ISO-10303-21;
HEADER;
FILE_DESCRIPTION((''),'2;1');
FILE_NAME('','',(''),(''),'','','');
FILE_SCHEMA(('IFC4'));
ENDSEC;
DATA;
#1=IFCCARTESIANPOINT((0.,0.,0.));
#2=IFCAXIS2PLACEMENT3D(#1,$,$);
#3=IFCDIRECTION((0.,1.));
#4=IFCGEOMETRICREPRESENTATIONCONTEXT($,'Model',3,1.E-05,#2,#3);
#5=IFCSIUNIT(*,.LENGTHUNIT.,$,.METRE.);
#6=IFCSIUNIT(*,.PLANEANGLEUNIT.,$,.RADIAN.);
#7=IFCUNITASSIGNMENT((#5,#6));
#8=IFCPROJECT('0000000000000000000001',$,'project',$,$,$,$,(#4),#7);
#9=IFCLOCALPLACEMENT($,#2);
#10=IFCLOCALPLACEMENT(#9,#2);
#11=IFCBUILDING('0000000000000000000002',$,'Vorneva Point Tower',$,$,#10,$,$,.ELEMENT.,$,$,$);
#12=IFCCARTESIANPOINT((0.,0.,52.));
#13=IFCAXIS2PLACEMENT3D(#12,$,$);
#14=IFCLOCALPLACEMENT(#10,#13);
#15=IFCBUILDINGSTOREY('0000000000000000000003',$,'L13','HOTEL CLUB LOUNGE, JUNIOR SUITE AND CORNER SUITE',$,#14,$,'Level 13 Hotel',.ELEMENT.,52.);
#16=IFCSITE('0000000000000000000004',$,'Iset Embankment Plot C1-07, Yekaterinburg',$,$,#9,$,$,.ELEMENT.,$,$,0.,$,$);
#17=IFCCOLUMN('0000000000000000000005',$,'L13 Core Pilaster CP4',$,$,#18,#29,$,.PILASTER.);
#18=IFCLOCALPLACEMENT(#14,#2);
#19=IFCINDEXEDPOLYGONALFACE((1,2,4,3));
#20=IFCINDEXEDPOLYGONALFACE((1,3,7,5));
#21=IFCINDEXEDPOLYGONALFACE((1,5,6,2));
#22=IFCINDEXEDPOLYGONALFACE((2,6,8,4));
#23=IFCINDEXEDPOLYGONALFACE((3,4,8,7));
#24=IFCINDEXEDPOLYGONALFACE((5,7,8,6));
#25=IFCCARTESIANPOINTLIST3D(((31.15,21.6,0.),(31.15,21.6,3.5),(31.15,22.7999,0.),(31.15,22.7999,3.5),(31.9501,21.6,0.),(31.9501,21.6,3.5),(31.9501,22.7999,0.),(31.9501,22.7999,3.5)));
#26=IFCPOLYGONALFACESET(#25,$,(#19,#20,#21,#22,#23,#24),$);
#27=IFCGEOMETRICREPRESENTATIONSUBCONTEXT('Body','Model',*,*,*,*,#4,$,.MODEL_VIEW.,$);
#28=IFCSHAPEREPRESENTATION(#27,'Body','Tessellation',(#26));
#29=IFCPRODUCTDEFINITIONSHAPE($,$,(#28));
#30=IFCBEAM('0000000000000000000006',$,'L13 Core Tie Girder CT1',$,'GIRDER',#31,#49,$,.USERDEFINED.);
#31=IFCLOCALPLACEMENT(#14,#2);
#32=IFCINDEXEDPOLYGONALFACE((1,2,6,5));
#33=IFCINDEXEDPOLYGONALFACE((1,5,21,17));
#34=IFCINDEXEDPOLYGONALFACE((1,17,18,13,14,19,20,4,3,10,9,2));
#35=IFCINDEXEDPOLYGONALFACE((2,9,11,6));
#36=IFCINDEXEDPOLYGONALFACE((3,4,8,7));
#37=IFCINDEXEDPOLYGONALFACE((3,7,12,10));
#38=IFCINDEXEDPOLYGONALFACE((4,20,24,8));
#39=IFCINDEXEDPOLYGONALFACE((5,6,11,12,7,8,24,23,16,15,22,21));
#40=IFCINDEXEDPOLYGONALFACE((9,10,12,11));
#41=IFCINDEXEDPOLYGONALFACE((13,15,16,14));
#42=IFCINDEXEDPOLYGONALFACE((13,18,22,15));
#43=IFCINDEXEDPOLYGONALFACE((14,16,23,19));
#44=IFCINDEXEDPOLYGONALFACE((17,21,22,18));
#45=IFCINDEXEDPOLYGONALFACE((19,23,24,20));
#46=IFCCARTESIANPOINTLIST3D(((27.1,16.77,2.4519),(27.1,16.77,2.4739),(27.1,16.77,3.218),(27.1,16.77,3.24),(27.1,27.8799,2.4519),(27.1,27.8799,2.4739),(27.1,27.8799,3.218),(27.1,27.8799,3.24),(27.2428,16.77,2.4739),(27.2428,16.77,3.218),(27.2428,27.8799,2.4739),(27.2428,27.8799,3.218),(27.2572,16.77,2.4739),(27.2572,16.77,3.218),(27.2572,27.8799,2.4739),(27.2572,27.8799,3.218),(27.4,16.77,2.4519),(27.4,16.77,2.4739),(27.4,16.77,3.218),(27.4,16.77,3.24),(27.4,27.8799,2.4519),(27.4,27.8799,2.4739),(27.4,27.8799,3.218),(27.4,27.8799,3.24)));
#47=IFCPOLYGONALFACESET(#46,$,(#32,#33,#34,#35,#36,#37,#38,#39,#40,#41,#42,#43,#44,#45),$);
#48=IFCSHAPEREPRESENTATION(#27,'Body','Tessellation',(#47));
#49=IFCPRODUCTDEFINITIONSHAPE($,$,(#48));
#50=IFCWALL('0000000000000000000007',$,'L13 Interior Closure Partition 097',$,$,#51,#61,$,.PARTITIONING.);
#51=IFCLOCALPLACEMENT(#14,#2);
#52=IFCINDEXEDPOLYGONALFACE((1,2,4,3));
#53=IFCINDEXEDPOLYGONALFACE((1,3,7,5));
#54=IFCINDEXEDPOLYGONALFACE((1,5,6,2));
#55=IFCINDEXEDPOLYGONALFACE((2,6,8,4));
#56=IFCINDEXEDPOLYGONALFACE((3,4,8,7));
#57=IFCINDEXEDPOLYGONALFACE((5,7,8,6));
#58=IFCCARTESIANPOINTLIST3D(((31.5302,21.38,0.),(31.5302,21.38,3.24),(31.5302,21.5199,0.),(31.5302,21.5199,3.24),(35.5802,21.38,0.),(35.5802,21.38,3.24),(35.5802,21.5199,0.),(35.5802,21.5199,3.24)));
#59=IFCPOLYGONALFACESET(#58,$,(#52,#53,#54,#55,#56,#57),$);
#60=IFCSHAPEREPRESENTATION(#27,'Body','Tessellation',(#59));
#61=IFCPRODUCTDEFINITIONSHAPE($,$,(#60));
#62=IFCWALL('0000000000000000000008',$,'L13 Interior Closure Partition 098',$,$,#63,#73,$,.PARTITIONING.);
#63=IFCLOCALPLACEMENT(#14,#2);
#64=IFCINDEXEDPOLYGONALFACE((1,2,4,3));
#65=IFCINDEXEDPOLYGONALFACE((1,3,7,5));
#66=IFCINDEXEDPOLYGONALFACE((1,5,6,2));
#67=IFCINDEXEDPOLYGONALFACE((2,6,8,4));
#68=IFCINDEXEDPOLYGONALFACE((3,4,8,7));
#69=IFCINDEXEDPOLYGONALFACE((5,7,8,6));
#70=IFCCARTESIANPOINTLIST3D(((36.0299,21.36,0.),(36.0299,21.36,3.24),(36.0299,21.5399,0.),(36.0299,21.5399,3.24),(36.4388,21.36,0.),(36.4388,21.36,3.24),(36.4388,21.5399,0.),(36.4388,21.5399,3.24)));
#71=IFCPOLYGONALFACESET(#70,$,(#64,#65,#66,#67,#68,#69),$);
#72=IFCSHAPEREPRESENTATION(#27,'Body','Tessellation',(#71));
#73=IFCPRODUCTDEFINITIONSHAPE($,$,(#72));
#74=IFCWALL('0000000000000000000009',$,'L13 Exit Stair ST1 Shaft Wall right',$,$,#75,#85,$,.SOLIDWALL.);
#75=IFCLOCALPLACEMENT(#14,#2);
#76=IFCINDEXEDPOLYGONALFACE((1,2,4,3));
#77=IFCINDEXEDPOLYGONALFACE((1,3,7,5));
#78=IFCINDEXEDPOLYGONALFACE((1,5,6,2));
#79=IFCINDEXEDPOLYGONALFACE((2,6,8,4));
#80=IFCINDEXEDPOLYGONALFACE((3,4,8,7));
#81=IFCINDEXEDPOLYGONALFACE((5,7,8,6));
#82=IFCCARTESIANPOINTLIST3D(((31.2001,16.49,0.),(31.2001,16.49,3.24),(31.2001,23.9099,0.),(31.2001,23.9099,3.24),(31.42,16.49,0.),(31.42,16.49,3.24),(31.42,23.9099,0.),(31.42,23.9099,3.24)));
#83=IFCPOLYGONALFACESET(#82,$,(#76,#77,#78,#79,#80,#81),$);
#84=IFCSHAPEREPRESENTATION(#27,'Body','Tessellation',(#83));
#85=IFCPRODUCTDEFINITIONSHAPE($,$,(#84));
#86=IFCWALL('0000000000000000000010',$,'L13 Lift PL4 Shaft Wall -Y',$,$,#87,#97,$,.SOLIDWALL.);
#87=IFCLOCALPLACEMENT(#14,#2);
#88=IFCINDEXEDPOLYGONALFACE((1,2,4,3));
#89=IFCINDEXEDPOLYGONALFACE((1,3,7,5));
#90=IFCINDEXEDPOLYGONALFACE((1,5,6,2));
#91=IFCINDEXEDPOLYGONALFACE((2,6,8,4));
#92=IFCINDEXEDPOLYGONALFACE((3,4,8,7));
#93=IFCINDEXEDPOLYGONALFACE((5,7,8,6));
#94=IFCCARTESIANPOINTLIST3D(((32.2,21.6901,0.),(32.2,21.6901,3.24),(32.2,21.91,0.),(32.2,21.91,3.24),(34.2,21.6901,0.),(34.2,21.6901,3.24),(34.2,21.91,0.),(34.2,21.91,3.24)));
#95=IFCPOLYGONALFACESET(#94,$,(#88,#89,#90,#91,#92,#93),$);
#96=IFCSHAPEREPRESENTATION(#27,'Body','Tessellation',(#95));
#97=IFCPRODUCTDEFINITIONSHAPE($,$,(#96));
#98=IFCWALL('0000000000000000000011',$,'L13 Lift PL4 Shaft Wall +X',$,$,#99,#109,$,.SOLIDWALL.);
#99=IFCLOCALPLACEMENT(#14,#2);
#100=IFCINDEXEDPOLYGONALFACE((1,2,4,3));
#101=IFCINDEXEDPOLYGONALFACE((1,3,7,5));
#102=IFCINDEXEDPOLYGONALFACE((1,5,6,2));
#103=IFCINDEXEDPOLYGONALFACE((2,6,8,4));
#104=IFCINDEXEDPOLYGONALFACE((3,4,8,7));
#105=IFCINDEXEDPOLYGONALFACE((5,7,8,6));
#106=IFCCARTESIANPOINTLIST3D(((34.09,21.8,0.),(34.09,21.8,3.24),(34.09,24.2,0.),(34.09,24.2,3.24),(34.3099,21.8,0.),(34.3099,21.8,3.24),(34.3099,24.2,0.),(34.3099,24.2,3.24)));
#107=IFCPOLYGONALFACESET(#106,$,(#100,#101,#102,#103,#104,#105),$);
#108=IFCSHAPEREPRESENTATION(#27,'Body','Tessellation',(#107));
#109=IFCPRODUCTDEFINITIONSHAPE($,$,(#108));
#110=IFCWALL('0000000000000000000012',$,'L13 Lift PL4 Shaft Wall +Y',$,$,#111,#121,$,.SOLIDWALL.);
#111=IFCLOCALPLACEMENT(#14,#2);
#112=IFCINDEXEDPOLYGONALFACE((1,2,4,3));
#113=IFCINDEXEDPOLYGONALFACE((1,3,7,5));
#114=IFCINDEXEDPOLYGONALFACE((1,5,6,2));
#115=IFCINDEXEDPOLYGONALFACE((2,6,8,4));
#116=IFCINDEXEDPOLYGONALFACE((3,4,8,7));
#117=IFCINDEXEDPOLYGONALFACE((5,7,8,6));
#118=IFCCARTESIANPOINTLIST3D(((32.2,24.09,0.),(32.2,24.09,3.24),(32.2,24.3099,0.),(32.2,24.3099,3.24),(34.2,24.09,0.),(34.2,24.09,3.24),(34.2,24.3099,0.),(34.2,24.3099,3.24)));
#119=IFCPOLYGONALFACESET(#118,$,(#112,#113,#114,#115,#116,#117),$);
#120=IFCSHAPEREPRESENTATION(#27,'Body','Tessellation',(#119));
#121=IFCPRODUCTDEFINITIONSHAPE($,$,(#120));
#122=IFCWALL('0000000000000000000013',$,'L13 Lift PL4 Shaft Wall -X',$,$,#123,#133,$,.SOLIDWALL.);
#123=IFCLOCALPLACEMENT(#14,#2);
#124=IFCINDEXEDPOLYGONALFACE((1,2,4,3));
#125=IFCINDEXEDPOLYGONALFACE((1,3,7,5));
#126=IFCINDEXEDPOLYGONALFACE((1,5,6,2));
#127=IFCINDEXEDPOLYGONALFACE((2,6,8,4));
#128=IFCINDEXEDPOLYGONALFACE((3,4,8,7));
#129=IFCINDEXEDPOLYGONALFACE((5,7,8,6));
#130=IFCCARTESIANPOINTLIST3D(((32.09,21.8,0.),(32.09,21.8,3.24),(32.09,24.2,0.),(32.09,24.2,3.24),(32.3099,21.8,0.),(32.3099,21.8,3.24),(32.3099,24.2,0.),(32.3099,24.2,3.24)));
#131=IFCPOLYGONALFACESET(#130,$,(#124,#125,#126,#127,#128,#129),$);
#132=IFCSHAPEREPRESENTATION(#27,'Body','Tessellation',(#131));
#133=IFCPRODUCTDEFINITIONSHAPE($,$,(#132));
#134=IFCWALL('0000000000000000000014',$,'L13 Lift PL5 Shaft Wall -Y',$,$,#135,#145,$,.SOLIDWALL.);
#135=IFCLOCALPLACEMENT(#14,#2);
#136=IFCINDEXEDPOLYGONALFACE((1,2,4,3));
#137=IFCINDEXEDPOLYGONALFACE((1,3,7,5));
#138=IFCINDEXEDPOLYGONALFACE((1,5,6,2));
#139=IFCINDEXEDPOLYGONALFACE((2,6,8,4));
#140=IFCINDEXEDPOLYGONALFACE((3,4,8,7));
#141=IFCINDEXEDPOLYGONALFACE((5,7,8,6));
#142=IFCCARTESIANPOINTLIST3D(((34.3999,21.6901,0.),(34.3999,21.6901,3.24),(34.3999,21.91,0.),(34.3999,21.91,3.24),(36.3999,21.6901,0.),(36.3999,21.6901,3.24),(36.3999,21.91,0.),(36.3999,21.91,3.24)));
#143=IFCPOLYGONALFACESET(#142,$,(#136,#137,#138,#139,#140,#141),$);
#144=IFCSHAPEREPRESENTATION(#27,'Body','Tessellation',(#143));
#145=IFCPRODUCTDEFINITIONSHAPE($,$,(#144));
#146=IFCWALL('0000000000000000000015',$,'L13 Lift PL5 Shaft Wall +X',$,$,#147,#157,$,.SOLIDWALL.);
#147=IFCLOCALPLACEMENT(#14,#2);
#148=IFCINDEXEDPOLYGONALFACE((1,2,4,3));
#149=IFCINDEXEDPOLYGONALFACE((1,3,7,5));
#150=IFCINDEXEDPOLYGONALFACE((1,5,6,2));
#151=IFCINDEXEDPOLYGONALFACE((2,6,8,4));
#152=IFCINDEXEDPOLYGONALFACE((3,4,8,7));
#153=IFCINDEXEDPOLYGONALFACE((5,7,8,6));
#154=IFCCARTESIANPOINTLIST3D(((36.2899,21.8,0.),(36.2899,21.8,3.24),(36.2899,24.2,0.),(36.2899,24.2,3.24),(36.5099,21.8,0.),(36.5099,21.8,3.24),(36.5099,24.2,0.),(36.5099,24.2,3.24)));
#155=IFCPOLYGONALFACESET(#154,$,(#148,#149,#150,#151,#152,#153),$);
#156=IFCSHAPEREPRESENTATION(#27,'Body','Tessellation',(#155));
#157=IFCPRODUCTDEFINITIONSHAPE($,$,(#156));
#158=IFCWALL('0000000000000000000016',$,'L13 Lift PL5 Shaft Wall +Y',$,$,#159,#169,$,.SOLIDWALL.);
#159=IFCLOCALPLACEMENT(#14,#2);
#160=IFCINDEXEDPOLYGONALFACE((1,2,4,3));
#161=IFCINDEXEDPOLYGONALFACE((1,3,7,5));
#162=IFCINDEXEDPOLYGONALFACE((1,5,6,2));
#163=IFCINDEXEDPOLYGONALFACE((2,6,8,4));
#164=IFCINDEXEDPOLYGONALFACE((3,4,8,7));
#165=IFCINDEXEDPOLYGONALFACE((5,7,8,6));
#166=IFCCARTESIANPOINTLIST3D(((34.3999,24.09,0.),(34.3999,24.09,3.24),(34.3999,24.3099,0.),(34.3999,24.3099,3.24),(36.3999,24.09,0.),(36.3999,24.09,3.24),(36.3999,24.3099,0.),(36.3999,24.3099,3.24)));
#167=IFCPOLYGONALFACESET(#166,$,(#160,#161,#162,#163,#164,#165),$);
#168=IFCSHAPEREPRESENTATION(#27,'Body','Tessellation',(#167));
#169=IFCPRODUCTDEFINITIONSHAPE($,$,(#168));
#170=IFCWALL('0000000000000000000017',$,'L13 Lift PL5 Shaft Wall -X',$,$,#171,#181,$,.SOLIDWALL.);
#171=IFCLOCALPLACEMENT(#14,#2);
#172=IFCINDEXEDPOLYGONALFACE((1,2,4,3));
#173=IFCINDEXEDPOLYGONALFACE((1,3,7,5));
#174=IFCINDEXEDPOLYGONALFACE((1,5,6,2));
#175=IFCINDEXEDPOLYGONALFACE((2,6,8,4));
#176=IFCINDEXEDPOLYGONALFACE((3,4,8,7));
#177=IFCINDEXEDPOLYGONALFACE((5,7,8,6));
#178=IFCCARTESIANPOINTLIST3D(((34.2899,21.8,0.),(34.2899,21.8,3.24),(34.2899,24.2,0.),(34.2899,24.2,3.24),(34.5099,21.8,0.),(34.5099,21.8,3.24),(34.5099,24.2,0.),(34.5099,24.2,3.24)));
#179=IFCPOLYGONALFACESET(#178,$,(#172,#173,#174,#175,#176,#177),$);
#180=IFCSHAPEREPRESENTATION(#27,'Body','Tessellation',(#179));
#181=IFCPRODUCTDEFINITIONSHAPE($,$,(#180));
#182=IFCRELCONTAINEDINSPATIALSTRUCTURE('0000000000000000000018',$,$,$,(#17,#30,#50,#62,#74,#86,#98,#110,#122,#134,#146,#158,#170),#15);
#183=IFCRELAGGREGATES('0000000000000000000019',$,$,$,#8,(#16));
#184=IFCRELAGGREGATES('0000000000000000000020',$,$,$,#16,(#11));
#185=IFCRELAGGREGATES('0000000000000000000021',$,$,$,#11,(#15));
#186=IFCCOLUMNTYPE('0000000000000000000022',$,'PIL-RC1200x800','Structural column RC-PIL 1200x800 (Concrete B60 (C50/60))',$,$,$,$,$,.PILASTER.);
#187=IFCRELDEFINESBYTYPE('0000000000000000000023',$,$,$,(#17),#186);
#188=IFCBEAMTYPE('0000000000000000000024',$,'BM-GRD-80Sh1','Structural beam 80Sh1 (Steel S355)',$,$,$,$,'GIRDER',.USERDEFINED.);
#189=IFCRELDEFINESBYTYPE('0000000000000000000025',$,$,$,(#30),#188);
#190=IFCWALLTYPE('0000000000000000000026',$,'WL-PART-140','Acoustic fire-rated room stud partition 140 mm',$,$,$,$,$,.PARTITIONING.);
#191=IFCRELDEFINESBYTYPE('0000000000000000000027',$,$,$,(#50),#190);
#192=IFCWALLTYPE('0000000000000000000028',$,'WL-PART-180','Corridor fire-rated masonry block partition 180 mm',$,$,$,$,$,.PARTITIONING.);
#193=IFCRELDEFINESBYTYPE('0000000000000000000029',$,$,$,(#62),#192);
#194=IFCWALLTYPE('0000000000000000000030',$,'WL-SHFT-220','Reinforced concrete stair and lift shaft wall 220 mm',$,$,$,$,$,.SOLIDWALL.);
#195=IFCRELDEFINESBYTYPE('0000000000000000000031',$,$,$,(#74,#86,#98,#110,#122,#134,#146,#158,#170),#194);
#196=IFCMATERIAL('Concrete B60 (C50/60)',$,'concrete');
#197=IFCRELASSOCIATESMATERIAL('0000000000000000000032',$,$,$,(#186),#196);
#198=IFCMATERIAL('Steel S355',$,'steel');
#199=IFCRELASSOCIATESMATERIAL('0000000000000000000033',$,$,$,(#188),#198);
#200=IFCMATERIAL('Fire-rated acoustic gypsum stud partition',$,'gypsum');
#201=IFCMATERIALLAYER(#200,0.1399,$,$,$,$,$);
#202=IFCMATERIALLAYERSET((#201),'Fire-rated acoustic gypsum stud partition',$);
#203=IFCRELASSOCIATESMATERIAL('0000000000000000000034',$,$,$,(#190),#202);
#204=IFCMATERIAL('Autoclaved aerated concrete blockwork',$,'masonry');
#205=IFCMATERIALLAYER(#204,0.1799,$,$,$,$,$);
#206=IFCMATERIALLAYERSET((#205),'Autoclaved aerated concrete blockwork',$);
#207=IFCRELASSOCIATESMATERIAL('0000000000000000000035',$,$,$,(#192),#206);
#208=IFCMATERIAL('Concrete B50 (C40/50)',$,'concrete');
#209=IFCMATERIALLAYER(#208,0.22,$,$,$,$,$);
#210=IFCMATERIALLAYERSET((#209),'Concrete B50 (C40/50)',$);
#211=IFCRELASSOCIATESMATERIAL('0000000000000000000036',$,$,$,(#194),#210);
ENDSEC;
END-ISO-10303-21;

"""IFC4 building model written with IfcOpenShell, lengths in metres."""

from ifc_helpers import new_model, si_unit, direction, frame, frame_2d, origin, origin_2d, place, context, subcontext, project, spatial, rectangle, i_section, extrude, material, layer, layer_set, material_profile, profile_set, type_object, element, save


model = new_model("IFC4")

# Units and contexts
model_context = context("Model", 3, precision=1e-05, world=origin(), true_north=direction((0.0, 1.0)))
body_context = subcontext(model_context, "Body", "Model", "MODEL_VIEW")
ifc_project = project(units=[si_unit("LENGTHUNIT", "METRE"), si_unit("PLANEANGLEUNIT", "RADIAN")], contexts=[model_context])

# Site, building, storey
site_placement = place(None, origin())
site = spatial("IfcSite", under=ifc_project, at=site_placement, Name="Iset Embankment Plot C1-07, Yekaterinburg", CompositionType="ELEMENT", RefElevation=0.0)
building_placement = place(site_placement, origin())
building = spatial("IfcBuilding", under=site, at=building_placement, Name="Vorneva Point Tower", CompositionType="ELEMENT")
storey_placement = place(building_placement, frame((0.0, 0.0, 52.0)))
storey = spatial("IfcBuildingStorey", under=building, at=storey_placement, Name="L13", Description="HOTEL CLUB LOUNGE, JUNIOR SUITE AND CORNER SUITE", LongName="Level 13 Hotel", CompositionType="ELEMENT", Elevation=52.0)

# Column
ifc_material_1 = material(Name="Concrete B60 (C50/60)", Category="concrete")
ifc_material_profile_1 = material_profile(ifc_material_1, rectangle(XDim=0.8, YDim=1.2, at=origin_2d()), Name="RC-PIL 1200x800")
ifc_profile_set_1 = profile_set([ifc_material_profile_1], Name="Concrete B60 (C50/60)")
column_type = type_object("IfcColumnType", Name="PIL-RC1200x800", Description="Structural column RC-PIL 1200x800 (Concrete B60 (C50/60))", PredefinedType="PILASTER", material=ifc_profile_set_1)
column_placement = place(storey_placement, frame((31.55, 22.2, 0.0), z_axis=(0.0, 0.0, 1.0), x_axis=(1.0, 0.0, 0.0)))
element("IfcColumn", 1, at=column_placement, inside=storey, type_object=column_type, Name="L13 Core Pilaster CP4", PredefinedType="PILASTER", context=body_context, shape_type="SweptSolid", body=[
    extrude(rectangle(XDim=0.8, YDim=1.2, at=origin_2d()), origin(), (0.0, 0.0, 1.0), 3.5),
])

# Beam
ifc_material_2 = material(Name="Steel S355", Category="steel")
ifc_material_profile_2 = material_profile(ifc_material_2, i_section(OverallWidth=0.3, OverallDepth=0.7881, WebThickness=0.0144, FlangeThickness=0.022, at=origin_2d()), Name="80Sh1")
ifc_profile_set_2 = profile_set([ifc_material_profile_2], Name="Steel S355")
beam_type = type_object("IfcBeamType", Name="BM-GRD-80Sh1", Description="Structural beam 80Sh1 (Steel S355)", ElementType="GIRDER", PredefinedType="USERDEFINED", material=ifc_profile_set_2)
beam_placement = place(storey_placement, frame((27.25, 16.77, 2.8459), z_axis=(0.0, 1.0, 0.0), x_axis=(-1.0, 0.0, 0.0)))
element("IfcBeam", 2, at=beam_placement, inside=storey, type_object=beam_type, Name="L13 Core Tie Girder CT1", ObjectType="GIRDER", PredefinedType="USERDEFINED", context=body_context, shape_type="SweptSolid", body=[
    extrude(i_section(OverallWidth=0.3, OverallDepth=0.7881, WebThickness=0.0144, FlangeThickness=0.022, at=origin_2d()), origin(), (0.0, 0.0, 1.0), 11.1099),
])

# Wall
ifc_material_3 = material(Name="Fire-rated acoustic gypsum stud partition", Category="gypsum")
ifc_layer_1 = layer(ifc_material_3, 0.1399)
ifc_layer_set_1 = layer_set([ifc_layer_1], Name="Fire-rated acoustic gypsum stud partition")
wall_type_1 = type_object("IfcWallType", Name="WL-PART-140", Description="Acoustic fire-rated room stud partition 140 mm", PredefinedType="PARTITIONING", material=ifc_layer_set_1)
wall_1_placement = place(storey_placement, frame((35.5801, 21.45, 0.0), z_axis=(0.0, 0.0, 1.0), x_axis=(-1.0, 0.0, 0.0)))
element("IfcWall", 3, at=wall_1_placement, inside=storey, type_object=wall_type_1, Name="L13 Interior Closure Partition 097", PredefinedType="PARTITIONING", context=body_context, shape_type="SweptSolid", body=[
    extrude(rectangle(XDim=4.05, YDim=0.1399, at=frame_2d((2.0249, 0.0))), origin(), (0.0, 0.0, 1.0), 3.24),
])

# Shared definitions
ifc_material_4 = material(Name="Autoclaved aerated concrete blockwork", Category="masonry")
ifc_layer_2 = layer(ifc_material_4, 0.1799)
ifc_layer_set_2 = layer_set([ifc_layer_2], Name="Autoclaved aerated concrete blockwork")
wall_type_2 = type_object("IfcWallType", Name="WL-PART-180", Description="Corridor fire-rated masonry block partition 180 mm", PredefinedType="PARTITIONING", material=ifc_layer_set_2)

# Wall
wall_2_placement = place(storey_placement, frame((36.439, 21.45, 0.0), z_axis=(0.0, 0.0, 1.0), x_axis=(-1.0, 0.0, 0.0)))
element("IfcWall", 4, at=wall_2_placement, inside=storey, type_object=wall_type_2, Name="L13 Interior Closure Partition 098", PredefinedType="PARTITIONING", context=body_context, shape_type="SweptSolid", body=[
    extrude(rectangle(XDim=0.4089, YDim=0.1799, at=frame_2d((0.2046, 0.0))), origin(), (0.0, 0.0, 1.0), 3.24),
])

# Shared definitions
ifc_material_5 = material(Name="Concrete B50 (C40/50)", Category="concrete")
ifc_layer_3 = layer(ifc_material_5, 0.22)
ifc_layer_set_3 = layer_set([ifc_layer_3], Name="Concrete B50 (C40/50)")
wall_type_3 = type_object("IfcWallType", Name="WL-SHFT-220", Description="Reinforced concrete stair and lift shaft wall 220 mm", PredefinedType="SOLIDWALL", material=ifc_layer_set_3)

# Walls
wall_3_placement = place(storey_placement, frame((31.3101, 23.9099, 0.0), z_axis=(0.0, 0.0, 1.0), x_axis=(0.0, -1.0, 0.0)))
element("IfcWall", 5, at=wall_3_placement, inside=storey, type_object=wall_type_3, Name="L13 Exit Stair ST1 Shaft Wall right", PredefinedType="SOLIDWALL", context=body_context, shape_type="SweptSolid", body=[
    extrude(rectangle(XDim=7.4199, YDim=0.22, at=frame_2d((3.71, 0.0))), origin(), (0.0, 0.0, 1.0), 3.24),
])
wall_4_placement = place(storey_placement, frame((32.2, 21.8, 0.0), z_axis=(0.0, 0.0, 1.0), x_axis=(1.0, 0.0, 0.0)))
element("IfcWall", 6, at=wall_4_placement, inside=storey, type_object=wall_type_3, Name="L13 Lift PL4 Shaft Wall -Y", PredefinedType="SOLIDWALL", context=body_context, shape_type="SweptSolid", body=[
    extrude(rectangle(XDim=2.0, YDim=0.22, at=frame_2d((1.0, 0.0))), origin(), (0.0, 0.0, 1.0), 3.24),
])
wall_5_placement = place(storey_placement, frame((34.2, 21.8, 0.0), z_axis=(0.0, 0.0, 1.0), x_axis=(0.0, 1.0, 0.0)))
element("IfcWall", 7, at=wall_5_placement, inside=storey, type_object=wall_type_3, Name="L13 Lift PL4 Shaft Wall +X", PredefinedType="SOLIDWALL", context=body_context, shape_type="SweptSolid", body=[
    extrude(rectangle(XDim=2.3999, YDim=0.22, at=frame_2d((1.2, 0.0))), origin(), (0.0, 0.0, 1.0), 3.24),
])
wall_6_placement = place(storey_placement, frame((34.2, 24.2, 0.0), z_axis=(0.0, 0.0, 1.0), x_axis=(-1.0, 0.0, 0.0)))
element("IfcWall", 8, at=wall_6_placement, inside=storey, type_object=wall_type_3, Name="L13 Lift PL4 Shaft Wall +Y", PredefinedType="SOLIDWALL", context=body_context, shape_type="SweptSolid", body=[
    extrude(rectangle(XDim=2.0, YDim=0.22, at=frame_2d((1.0, 0.0))), origin(), (0.0, 0.0, 1.0), 3.24),
])
wall_7_placement = place(storey_placement, frame((32.2, 24.2, 0.0), z_axis=(0.0, 0.0, 1.0), x_axis=(0.0, -1.0, 0.0)))
element("IfcWall", 9, at=wall_7_placement, inside=storey, type_object=wall_type_3, Name="L13 Lift PL4 Shaft Wall -X", PredefinedType="SOLIDWALL", context=body_context, shape_type="SweptSolid", body=[
    extrude(rectangle(XDim=2.3999, YDim=0.22, at=frame_2d((1.2, 0.0))), origin(), (0.0, 0.0, 1.0), 3.24),
])
wall_8_placement = place(storey_placement, frame((34.3999, 21.8, 0.0), z_axis=(0.0, 0.0, 1.0), x_axis=(1.0, 0.0, 0.0)))
element("IfcWall", 10, at=wall_8_placement, inside=storey, type_object=wall_type_3, Name="L13 Lift PL5 Shaft Wall -Y", PredefinedType="SOLIDWALL", context=body_context, shape_type="SweptSolid", body=[
    extrude(rectangle(XDim=2.0, YDim=0.22, at=frame_2d((1.0, 0.0))), origin(), (0.0, 0.0, 1.0), 3.24),
])
wall_9_placement = place(storey_placement, frame((36.3999, 21.8, 0.0), z_axis=(0.0, 0.0, 1.0), x_axis=(0.0, 1.0, 0.0)))
element("IfcWall", 11, at=wall_9_placement, inside=storey, type_object=wall_type_3, Name="L13 Lift PL5 Shaft Wall +X", PredefinedType="SOLIDWALL", context=body_context, shape_type="SweptSolid", body=[
    extrude(rectangle(XDim=2.3999, YDim=0.22, at=frame_2d((1.2, 0.0))), origin(), (0.0, 0.0, 1.0), 3.24),
])
wall_10_placement = place(storey_placement, frame((36.3999, 24.2, 0.0), z_axis=(0.0, 0.0, 1.0), x_axis=(-1.0, 0.0, 0.0)))
element("IfcWall", 12, at=wall_10_placement, inside=storey, type_object=wall_type_3, Name="L13 Lift PL5 Shaft Wall +Y", PredefinedType="SOLIDWALL", context=body_context, shape_type="SweptSolid", body=[
    extrude(rectangle(XDim=2.0, YDim=0.22, at=frame_2d((1.0, 0.0))), origin(), (0.0, 0.0, 1.0), 3.24),
])
wall_11_placement = place(storey_placement, frame((34.3999, 24.2, 0.0), z_axis=(0.0, 0.0, 1.0), x_axis=(0.0, -1.0, 0.0)))
element("IfcWall", 13, at=wall_11_placement, inside=storey, type_object=wall_type_3, Name="L13 Lift PL5 Shaft Wall -X", PredefinedType="SOLIDWALL", context=body_context, shape_type="SweptSolid", body=[
    extrude(rectangle(XDim=2.3999, YDim=0.22, at=frame_2d((1.2, 0.0))), origin(), (0.0, 0.0, 1.0), 3.24),
])

save(model, "model.ifc")
